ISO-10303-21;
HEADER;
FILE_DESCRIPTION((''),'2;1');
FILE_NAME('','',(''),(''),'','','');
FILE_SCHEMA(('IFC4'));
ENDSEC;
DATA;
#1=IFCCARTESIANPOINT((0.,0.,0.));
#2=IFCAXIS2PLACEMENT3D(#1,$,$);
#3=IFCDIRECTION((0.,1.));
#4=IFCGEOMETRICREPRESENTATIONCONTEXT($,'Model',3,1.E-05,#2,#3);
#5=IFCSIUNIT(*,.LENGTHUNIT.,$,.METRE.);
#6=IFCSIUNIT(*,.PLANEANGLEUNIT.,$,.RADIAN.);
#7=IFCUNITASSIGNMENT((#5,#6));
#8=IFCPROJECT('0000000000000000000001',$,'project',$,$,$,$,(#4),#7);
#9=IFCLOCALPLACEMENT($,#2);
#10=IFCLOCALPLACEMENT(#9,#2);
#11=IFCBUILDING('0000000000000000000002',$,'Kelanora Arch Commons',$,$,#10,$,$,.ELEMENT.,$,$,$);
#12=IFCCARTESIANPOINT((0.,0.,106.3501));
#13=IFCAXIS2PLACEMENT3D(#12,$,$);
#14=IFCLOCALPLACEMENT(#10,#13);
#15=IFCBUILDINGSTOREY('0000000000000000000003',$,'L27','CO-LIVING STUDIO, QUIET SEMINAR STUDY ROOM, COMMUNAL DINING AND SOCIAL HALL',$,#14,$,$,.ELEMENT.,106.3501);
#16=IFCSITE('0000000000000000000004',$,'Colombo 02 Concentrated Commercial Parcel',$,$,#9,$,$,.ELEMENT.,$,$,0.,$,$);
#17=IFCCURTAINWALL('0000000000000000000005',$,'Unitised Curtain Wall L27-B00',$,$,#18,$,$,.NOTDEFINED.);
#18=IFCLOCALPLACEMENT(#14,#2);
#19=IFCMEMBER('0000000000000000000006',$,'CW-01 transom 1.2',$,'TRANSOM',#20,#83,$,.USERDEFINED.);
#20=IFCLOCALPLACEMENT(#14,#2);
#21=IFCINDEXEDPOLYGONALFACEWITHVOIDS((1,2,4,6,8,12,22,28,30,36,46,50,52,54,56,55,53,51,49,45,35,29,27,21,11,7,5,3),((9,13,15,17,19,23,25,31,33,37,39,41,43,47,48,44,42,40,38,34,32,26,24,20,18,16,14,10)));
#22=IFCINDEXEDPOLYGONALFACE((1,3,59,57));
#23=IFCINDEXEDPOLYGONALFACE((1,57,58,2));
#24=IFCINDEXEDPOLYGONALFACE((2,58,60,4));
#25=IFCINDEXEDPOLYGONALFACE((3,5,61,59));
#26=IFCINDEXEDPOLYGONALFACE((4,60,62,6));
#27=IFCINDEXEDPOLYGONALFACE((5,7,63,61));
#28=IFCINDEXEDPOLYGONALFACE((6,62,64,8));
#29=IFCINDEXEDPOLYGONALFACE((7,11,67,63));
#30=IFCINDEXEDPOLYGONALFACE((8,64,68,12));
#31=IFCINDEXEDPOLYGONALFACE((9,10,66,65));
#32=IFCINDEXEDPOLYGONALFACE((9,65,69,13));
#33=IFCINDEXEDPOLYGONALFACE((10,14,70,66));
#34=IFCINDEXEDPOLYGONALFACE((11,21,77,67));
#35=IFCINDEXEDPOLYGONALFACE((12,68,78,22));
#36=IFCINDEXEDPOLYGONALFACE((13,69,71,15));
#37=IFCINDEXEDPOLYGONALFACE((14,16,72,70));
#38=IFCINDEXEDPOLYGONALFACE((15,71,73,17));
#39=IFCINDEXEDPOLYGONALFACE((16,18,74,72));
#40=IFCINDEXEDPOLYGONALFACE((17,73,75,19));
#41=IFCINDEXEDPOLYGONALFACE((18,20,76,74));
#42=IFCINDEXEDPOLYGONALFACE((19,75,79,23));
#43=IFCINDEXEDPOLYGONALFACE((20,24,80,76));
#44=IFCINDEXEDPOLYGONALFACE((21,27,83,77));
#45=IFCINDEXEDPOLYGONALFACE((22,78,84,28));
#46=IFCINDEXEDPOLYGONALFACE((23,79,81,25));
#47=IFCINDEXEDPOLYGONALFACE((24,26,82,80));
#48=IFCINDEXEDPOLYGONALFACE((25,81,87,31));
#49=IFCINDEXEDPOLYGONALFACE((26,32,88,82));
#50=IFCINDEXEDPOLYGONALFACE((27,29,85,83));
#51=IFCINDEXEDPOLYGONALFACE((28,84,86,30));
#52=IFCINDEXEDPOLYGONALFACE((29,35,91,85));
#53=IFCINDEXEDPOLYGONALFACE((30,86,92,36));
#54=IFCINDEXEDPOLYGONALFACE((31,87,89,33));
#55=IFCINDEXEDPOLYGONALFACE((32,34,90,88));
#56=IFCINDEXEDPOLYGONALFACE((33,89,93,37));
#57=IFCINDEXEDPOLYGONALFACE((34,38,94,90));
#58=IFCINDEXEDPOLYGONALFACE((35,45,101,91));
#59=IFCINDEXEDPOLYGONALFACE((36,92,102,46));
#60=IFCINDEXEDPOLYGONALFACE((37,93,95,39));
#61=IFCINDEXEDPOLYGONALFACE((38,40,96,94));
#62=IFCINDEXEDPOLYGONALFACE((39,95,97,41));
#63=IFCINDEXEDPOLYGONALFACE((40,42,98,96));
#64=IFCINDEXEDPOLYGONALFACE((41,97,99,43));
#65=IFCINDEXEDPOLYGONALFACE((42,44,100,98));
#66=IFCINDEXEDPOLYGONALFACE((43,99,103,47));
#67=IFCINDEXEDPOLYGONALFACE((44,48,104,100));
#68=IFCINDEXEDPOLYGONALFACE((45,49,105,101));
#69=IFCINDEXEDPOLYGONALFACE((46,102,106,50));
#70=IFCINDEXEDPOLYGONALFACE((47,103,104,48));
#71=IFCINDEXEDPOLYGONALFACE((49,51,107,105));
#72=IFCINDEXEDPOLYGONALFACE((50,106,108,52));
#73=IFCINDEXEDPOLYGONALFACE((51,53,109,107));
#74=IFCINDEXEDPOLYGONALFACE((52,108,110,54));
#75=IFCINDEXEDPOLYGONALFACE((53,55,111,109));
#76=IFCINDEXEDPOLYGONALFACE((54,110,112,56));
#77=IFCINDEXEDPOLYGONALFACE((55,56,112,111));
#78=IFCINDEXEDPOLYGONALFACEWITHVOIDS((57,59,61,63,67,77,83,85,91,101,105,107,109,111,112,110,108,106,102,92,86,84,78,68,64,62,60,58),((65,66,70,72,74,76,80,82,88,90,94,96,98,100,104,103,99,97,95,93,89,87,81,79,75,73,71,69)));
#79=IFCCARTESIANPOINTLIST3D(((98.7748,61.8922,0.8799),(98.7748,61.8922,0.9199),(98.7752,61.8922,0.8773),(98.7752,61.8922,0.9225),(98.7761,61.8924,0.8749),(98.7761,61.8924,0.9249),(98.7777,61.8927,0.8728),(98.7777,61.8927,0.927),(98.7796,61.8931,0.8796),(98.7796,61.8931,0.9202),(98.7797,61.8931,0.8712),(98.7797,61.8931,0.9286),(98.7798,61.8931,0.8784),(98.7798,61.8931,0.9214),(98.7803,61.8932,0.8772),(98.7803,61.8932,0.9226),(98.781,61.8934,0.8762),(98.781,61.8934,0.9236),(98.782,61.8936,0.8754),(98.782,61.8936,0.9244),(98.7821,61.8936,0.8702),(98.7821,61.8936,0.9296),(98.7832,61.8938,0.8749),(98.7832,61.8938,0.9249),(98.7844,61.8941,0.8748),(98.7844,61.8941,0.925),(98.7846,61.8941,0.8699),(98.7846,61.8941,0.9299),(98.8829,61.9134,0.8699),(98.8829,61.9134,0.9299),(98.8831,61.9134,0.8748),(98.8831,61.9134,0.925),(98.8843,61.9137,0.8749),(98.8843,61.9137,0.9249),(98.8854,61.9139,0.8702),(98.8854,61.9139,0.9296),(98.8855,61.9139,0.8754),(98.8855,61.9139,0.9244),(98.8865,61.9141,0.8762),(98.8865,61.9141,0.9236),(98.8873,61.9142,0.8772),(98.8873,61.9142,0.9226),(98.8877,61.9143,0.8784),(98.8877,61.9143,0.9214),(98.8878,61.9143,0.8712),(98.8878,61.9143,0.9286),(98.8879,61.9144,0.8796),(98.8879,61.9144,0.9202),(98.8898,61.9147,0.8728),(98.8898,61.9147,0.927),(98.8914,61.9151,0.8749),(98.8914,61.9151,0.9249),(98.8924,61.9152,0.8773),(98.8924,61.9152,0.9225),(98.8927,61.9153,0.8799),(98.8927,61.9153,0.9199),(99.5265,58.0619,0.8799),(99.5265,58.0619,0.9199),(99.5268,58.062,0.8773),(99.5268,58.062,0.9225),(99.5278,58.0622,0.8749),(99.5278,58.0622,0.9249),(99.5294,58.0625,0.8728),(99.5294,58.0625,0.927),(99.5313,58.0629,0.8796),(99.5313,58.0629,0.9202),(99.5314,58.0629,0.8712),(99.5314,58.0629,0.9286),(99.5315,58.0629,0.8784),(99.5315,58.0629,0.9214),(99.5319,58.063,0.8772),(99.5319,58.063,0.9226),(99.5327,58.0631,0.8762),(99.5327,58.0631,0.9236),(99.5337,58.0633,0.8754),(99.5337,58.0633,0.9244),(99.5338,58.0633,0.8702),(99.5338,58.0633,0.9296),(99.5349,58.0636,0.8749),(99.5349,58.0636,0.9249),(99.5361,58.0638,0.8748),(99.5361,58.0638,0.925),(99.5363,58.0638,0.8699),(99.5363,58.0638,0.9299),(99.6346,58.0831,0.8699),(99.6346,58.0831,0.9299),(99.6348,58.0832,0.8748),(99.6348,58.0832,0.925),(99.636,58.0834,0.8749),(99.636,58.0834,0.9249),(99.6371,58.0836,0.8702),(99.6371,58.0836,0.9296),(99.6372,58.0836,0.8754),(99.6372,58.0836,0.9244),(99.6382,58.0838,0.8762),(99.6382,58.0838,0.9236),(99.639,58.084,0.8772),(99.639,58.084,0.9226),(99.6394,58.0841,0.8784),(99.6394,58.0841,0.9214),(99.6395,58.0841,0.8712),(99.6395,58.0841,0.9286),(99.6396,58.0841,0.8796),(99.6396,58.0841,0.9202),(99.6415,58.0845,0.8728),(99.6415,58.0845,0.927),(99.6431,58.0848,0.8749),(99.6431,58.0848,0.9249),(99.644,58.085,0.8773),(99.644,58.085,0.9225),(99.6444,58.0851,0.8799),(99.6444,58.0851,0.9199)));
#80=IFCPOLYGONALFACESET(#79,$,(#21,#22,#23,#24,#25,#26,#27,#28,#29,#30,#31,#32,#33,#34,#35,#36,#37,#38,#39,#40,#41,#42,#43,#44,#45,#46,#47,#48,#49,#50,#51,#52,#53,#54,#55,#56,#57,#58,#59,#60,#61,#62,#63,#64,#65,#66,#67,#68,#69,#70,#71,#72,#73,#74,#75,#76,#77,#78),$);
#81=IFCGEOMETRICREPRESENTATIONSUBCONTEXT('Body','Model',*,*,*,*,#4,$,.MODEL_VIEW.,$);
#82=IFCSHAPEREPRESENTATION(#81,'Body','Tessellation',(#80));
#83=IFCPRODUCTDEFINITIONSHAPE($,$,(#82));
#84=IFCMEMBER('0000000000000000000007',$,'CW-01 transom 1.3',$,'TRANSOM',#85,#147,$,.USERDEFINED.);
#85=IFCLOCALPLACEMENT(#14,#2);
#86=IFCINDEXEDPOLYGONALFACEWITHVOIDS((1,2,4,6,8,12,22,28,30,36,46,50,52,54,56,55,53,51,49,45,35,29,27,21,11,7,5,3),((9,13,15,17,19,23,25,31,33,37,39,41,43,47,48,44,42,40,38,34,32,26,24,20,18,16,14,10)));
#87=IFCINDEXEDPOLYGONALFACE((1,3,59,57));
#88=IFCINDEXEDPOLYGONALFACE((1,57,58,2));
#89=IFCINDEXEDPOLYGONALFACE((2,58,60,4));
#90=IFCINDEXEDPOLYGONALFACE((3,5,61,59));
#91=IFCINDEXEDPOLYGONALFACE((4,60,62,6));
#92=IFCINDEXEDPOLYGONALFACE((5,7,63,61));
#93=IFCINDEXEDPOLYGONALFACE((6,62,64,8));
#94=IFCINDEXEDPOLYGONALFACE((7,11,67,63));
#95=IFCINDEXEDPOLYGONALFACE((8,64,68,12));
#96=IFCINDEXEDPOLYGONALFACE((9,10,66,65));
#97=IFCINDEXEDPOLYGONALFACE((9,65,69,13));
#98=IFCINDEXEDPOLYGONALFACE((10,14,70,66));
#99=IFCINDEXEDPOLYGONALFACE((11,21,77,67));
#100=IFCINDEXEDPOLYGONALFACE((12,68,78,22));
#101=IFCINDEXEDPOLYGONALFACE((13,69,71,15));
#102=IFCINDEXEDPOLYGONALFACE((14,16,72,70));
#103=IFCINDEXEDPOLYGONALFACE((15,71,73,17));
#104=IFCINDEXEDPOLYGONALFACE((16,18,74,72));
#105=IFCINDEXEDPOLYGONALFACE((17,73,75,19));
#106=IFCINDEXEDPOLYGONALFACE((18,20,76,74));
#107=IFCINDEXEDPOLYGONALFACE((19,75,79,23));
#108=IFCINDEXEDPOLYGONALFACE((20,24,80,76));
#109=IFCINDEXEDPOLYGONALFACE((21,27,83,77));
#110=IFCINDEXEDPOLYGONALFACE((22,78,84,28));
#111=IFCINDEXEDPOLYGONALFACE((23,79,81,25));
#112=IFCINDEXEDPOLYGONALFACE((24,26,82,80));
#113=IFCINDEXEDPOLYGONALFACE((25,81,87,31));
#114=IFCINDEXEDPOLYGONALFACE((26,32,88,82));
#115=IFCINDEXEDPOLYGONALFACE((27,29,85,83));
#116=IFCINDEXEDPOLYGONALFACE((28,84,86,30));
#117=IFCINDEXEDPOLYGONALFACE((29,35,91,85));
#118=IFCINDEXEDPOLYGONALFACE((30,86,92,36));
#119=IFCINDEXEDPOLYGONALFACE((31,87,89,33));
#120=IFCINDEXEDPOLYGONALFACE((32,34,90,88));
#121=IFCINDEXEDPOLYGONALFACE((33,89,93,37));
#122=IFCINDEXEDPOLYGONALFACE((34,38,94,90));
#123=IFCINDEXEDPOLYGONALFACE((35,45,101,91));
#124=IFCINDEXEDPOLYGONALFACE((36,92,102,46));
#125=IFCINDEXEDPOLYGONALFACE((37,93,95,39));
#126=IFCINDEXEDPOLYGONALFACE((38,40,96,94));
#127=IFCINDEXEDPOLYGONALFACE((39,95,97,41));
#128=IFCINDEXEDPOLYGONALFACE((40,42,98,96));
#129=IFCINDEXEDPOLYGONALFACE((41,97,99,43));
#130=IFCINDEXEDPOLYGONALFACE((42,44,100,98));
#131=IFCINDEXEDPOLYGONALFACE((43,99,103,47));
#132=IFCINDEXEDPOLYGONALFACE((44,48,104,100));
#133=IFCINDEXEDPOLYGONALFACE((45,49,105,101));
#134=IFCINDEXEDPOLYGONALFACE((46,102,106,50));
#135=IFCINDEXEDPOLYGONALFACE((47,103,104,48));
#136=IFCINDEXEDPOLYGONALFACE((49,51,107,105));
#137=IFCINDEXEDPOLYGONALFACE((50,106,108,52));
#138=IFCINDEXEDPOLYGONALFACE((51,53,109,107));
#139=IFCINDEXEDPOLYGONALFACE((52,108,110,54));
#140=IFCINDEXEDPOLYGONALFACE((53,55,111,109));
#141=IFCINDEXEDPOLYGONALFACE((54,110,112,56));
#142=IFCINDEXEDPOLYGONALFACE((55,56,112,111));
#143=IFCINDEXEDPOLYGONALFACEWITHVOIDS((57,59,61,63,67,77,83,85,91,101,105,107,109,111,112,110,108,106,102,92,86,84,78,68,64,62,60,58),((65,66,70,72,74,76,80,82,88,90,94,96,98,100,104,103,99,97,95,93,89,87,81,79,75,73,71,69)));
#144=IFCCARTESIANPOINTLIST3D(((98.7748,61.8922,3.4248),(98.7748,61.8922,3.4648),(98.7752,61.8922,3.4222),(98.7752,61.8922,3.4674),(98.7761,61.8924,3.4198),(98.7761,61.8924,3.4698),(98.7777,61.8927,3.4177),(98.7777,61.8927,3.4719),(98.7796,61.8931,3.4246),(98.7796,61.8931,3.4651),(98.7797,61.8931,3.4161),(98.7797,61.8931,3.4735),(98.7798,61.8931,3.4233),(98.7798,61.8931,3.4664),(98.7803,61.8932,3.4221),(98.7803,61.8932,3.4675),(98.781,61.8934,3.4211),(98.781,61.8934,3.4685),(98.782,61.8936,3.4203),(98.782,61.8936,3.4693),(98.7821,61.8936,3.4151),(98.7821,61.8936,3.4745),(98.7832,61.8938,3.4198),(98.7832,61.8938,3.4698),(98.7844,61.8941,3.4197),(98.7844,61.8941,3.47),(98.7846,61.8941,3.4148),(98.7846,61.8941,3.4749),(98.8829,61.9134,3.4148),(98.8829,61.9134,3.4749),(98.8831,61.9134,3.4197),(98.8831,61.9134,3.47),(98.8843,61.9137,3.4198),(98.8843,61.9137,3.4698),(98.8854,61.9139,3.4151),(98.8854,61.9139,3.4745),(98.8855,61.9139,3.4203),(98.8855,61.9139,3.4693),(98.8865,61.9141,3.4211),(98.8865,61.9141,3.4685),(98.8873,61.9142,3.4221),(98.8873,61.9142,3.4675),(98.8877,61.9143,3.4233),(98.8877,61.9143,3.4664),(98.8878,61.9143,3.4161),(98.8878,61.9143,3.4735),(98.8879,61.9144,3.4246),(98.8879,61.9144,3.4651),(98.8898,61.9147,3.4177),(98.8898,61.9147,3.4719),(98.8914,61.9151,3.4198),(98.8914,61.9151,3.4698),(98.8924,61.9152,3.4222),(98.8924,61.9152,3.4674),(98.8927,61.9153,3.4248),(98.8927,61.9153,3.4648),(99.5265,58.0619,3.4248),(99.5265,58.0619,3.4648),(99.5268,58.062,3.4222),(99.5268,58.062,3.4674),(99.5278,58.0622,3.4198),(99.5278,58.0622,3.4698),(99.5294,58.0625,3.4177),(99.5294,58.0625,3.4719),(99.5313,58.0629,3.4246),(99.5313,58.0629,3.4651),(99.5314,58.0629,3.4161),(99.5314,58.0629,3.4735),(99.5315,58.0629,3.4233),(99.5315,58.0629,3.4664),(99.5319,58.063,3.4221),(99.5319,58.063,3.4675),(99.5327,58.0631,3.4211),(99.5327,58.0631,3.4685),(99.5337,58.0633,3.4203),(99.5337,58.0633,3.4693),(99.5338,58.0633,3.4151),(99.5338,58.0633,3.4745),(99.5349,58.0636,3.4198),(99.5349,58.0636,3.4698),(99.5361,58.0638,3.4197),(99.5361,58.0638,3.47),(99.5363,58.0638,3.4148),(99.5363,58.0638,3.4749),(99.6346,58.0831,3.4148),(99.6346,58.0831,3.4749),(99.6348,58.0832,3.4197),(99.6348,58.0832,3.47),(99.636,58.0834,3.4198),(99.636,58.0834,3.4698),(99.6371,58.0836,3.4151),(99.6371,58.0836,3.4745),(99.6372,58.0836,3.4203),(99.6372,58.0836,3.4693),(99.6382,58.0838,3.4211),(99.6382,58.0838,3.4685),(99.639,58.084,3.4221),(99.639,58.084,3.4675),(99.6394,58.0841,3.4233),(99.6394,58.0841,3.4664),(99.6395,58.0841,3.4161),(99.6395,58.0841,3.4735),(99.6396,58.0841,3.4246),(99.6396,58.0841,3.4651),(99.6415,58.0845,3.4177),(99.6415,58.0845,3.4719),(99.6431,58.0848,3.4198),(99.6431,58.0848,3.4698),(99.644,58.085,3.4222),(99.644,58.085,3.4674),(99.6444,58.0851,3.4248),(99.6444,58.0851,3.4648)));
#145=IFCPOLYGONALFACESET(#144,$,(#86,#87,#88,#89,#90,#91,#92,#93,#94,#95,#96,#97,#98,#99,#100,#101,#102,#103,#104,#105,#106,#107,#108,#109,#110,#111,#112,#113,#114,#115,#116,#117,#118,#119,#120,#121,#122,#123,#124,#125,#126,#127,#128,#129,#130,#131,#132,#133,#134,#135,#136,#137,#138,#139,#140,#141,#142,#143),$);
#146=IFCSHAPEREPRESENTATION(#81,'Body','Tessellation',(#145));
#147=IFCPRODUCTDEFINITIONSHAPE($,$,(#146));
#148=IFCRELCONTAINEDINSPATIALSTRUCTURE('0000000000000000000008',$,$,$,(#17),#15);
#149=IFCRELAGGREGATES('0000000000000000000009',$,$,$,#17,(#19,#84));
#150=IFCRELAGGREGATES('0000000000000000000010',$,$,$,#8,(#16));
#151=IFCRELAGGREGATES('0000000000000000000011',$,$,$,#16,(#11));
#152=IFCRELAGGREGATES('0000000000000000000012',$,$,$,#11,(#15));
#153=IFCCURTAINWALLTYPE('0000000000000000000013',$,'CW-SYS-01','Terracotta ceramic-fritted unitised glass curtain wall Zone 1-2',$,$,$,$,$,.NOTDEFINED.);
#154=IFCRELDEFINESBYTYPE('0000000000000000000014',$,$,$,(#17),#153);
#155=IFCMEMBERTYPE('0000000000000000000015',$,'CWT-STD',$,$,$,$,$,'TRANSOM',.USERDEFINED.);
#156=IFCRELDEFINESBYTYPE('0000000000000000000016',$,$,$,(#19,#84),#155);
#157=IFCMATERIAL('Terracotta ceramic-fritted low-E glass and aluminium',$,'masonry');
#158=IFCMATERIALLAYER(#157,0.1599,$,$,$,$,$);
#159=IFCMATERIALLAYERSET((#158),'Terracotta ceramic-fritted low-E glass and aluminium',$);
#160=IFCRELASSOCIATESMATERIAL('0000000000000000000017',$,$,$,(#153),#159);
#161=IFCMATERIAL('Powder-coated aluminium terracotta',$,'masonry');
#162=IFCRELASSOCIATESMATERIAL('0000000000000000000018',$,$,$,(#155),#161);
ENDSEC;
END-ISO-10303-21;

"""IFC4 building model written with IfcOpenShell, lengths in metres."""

from ifc_helpers import new_model, si_unit, direction, frame, origin, origin_2d, place, context, subcontext, project, spatial, hollow_rectangle, extrude, material, layer, layer_set, material_profile, profile_set, type_object, element, aggregate, save


model = new_model("IFC4")

# Units and contexts
model_context = context("Model", 3, precision=1e-05, world=origin(), true_north=direction((0.0, 1.0)))
body_context = subcontext(model_context, "Body", "Model", "MODEL_VIEW")
ifc_project = project(units=[si_unit("LENGTHUNIT", "METRE"), si_unit("PLANEANGLEUNIT", "RADIAN")], contexts=[model_context])

# Site, building, storey
site_placement = place(None, origin())
site = spatial("IfcSite", under=ifc_project, at=site_placement, Name="Colombo 02 Concentrated Commercial Parcel", CompositionType="ELEMENT", RefElevation=0.0)
building_placement = place(site_placement, origin())
building = spatial("IfcBuilding", under=site, at=building_placement, Name="Kelanora Arch Commons", CompositionType="ELEMENT")
storey_placement = place(building_placement, frame((0.0, 0.0, 106.3501)))
storey = spatial("IfcBuildingStorey", under=building, at=storey_placement, Name="L27", Description="CO-LIVING STUDIO, QUIET SEMINAR STUDY ROOM, COMMUNAL DINING AND SOCIAL HALL", CompositionType="ELEMENT", Elevation=106.3501)

# Curtain wall, members
ifc_material_1 = material(Name="Terracotta ceramic-fritted low-E glass and aluminium", Category="masonry")
ifc_layer_1 = layer(ifc_material_1, 0.1599)
ifc_layer_set_1 = layer_set([ifc_layer_1], Name="Terracotta ceramic-fritted low-E glass and aluminium")
curtain_wall_type = type_object("IfcCurtainWallType", Name="CW-SYS-01", Description="Terracotta ceramic-fritted unitised glass curtain wall Zone 1-2", PredefinedType="NOTDEFINED", material=ifc_layer_set_1)
curtain_wall_placement = place(storey_placement, origin())
curtain_wall = element("IfcCurtainWall", 1, at=curtain_wall_placement, inside=storey, type_object=curtain_wall_type, Name="Unitised Curtain Wall L27-B00", PredefinedType="NOTDEFINED")
ifc_material_2 = material(Name="Powder-coated aluminium terracotta", Category="masonry")
ifc_material_profile_1 = material_profile(ifc_material_2, hollow_rectangle(XDim=0.1201, YDim=0.0601, WallThickness=0.0049, InnerFilletRadius=0.0049, OuterFilletRadius=0.01, at=origin_2d()), Name="CWT120x60")
ifc_profile_set_1 = profile_set([ifc_material_profile_1], Name="Powder-coated aluminium terracotta")
member_type_1 = type_object("IfcMemberType", Name="CWT-STD", ElementType="TRANSOM", PredefinedType="USERDEFINED", material=ifc_profile_set_1)
member_1_placement = place(storey_placement, frame((99.5854, 58.0735, 0.8999), z_axis=(-0.192579, 0.981282, 0.0), x_axis=(-0.981282, -0.192579, 0.0)))
member_1 = element("IfcMember", 2, at=member_1_placement, type_object=member_type_1, Name="CW-01 transom 1.2", ObjectType="TRANSOM", PredefinedType="USERDEFINED", context=body_context, shape_type="SweptSolid", body=[
    extrude(hollow_rectangle(XDim=0.1201, YDim=0.0601, WallThickness=0.0049, InnerFilletRadius=0.0049, OuterFilletRadius=0.01, at=origin_2d()), origin(), (0.0, 0.0, 1.0), 3.9033),
])
member_2_placement = place(storey_placement, frame((99.5854, 58.0735, 3.4448), z_axis=(-0.192579, 0.981282, 0.0), x_axis=(-0.981282, -0.192579, 0.0)))
member_2 = element("IfcMember", 3, at=member_2_placement, type_object=member_type_1, Name="CW-01 transom 1.3", ObjectType="TRANSOM", PredefinedType="USERDEFINED", context=body_context, shape_type="SweptSolid", body=[
    extrude(hollow_rectangle(XDim=0.1201, YDim=0.0601, WallThickness=0.0049, InnerFilletRadius=0.0049, OuterFilletRadius=0.01, at=origin_2d()), origin(), (0.0, 0.0, 1.0), 3.9033),
])
aggregate(curtain_wall, [member_1, member_2])

save(model, "model.ifc")
